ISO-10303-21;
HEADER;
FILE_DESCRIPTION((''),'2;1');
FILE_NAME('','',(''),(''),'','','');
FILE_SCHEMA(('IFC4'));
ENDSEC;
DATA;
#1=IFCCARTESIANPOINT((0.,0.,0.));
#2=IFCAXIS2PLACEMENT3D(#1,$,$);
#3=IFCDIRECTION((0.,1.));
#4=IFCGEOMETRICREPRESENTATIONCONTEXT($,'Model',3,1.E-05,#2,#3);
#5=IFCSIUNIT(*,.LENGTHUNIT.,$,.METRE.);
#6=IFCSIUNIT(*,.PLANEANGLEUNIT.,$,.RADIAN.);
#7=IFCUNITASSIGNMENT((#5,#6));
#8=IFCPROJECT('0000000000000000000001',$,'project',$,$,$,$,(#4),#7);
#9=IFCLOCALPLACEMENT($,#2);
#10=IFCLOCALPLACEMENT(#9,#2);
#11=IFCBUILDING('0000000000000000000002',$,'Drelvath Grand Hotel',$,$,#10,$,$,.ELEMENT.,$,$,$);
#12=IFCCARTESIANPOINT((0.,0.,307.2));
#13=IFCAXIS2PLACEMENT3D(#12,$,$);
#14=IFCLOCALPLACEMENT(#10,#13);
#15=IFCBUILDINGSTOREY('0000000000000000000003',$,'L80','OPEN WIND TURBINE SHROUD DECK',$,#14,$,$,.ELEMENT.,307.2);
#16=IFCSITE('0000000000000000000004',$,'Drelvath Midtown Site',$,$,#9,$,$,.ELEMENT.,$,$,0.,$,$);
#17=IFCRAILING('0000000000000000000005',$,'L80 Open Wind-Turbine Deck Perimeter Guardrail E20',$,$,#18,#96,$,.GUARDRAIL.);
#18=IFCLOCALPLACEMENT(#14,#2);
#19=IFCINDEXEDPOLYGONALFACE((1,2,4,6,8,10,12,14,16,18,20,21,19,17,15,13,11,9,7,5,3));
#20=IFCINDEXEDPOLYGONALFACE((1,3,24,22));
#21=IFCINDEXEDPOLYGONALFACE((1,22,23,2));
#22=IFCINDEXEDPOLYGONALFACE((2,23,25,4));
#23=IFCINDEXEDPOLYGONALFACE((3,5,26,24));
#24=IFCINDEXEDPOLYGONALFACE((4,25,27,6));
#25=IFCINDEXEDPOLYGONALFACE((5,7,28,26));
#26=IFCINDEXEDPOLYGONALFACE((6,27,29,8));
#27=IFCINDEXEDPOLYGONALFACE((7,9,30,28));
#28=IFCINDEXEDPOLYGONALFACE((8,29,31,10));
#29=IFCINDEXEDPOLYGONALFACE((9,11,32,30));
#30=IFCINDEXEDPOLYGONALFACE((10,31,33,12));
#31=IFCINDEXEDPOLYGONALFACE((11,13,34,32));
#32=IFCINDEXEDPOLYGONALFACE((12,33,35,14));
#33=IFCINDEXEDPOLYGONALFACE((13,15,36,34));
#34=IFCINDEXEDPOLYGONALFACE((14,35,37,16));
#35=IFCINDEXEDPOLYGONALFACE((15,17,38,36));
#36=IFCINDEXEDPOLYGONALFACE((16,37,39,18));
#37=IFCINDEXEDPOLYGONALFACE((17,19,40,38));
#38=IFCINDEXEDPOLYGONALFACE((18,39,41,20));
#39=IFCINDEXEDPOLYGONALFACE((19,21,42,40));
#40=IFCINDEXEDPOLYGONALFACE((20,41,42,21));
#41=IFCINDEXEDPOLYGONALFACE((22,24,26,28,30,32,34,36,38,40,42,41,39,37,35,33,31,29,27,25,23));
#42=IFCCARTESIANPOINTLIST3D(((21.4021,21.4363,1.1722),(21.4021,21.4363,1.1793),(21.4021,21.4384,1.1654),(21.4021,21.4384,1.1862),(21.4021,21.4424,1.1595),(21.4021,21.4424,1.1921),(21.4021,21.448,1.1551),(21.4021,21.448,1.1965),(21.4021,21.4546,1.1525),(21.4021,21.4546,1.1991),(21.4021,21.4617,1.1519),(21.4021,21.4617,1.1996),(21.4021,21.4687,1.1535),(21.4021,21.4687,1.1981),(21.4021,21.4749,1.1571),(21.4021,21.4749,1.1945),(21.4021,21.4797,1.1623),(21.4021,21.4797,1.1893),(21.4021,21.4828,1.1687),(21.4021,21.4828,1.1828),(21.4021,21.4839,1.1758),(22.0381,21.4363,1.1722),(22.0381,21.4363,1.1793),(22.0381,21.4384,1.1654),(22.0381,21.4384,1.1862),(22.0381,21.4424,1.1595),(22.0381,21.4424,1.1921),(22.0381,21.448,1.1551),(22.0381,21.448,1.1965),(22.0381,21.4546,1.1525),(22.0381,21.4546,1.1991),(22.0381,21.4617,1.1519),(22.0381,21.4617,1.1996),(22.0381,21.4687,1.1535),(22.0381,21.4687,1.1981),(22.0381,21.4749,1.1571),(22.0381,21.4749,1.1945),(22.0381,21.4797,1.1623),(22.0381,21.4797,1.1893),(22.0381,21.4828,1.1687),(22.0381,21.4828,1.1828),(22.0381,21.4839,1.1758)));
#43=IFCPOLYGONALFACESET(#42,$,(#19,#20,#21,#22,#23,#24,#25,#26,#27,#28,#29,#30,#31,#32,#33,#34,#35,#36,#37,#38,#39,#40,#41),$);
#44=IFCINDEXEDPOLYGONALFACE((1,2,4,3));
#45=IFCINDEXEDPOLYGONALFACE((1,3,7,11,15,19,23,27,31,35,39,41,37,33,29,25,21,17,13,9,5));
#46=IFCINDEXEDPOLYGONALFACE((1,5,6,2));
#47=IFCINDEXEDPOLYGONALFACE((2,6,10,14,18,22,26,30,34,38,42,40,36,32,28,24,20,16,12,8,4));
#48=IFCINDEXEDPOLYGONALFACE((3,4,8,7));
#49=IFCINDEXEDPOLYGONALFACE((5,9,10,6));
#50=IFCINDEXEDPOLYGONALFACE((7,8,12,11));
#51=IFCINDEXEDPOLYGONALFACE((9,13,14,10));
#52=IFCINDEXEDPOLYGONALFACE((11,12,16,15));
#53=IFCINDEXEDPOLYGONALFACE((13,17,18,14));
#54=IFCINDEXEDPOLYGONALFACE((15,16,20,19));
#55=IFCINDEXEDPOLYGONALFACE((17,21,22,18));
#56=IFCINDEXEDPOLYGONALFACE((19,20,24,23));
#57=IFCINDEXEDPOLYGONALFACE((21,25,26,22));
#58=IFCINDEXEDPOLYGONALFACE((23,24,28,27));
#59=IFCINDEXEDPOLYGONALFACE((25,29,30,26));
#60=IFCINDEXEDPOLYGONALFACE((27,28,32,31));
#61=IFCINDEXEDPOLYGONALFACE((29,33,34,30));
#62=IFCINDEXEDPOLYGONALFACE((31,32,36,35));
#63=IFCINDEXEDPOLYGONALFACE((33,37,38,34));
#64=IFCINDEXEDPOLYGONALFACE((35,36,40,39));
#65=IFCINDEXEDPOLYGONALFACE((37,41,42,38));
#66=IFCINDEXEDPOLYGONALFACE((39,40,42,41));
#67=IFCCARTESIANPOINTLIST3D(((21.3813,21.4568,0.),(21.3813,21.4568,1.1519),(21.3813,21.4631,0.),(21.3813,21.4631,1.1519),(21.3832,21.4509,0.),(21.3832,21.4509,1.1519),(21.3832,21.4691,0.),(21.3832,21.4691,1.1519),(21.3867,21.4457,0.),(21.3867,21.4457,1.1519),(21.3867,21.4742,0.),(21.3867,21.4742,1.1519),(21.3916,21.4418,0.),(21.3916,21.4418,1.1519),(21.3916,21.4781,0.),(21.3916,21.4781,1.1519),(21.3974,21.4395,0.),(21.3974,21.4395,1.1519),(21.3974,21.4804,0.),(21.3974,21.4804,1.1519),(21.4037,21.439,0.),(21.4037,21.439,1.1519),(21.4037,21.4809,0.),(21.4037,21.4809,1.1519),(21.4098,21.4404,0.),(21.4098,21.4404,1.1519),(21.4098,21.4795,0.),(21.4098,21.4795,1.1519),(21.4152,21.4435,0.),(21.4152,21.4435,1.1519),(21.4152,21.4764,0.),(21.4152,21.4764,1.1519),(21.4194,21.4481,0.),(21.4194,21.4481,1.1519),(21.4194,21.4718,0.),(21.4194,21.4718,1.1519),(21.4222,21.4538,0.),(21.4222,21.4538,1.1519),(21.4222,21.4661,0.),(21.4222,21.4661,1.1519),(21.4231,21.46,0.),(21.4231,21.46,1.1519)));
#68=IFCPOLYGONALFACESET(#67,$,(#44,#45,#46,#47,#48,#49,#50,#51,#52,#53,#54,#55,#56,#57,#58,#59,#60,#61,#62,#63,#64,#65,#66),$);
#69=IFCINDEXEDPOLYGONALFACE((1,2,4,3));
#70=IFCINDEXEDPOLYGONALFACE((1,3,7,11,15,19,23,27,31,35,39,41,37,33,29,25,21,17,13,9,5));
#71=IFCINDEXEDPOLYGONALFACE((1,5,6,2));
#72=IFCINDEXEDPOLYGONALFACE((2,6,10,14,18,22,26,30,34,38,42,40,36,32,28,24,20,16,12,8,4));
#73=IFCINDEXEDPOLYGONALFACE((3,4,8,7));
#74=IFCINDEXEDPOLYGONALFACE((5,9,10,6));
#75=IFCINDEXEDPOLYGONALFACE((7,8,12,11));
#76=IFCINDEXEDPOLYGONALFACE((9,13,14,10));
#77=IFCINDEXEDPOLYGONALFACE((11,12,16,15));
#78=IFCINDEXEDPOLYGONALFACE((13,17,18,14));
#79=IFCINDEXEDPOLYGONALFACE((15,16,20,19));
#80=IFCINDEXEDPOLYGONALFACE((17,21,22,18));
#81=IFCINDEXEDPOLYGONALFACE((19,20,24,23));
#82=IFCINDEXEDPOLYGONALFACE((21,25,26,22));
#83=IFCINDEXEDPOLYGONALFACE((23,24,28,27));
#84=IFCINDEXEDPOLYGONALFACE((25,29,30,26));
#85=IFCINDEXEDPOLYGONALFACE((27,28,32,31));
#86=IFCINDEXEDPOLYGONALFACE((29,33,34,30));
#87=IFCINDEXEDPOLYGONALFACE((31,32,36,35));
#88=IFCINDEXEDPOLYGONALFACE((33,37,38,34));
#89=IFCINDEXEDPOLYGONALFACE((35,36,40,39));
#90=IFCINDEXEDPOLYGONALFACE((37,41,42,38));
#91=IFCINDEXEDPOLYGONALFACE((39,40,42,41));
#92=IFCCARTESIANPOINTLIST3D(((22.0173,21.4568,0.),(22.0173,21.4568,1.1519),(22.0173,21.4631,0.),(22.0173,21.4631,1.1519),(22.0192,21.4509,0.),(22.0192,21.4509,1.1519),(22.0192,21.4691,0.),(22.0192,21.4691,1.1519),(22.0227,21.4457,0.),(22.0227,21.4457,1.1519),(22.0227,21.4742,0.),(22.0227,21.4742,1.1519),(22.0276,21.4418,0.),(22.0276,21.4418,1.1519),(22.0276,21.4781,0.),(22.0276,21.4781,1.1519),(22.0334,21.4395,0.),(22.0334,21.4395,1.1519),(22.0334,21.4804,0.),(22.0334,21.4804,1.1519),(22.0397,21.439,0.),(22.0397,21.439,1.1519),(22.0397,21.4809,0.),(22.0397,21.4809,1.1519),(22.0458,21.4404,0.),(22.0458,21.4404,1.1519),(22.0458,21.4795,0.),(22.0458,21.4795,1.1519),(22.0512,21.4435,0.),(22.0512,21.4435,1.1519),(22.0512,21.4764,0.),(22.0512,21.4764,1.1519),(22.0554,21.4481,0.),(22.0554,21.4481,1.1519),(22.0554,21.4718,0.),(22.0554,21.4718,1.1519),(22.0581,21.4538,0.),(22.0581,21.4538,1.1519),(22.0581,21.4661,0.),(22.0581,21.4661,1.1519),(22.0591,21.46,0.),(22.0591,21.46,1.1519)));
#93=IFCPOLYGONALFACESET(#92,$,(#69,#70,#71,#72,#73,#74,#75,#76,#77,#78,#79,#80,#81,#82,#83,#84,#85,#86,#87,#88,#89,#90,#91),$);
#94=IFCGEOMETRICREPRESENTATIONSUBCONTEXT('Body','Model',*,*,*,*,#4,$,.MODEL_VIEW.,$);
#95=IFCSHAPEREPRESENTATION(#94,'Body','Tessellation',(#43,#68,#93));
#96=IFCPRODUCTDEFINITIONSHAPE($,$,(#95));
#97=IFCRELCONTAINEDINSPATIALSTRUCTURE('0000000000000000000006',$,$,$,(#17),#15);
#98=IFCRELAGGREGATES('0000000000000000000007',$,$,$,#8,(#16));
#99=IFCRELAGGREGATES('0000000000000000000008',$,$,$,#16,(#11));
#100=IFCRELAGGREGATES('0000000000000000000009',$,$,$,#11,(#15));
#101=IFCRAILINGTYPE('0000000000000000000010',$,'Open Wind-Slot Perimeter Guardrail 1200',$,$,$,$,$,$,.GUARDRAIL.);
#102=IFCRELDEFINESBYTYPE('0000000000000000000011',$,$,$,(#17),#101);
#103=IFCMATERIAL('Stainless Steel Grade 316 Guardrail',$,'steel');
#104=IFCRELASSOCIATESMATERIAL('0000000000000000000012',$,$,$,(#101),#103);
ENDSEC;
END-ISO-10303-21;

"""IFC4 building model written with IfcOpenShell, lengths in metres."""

from ifc_helpers import new_model, si_unit, direction, frame, origin, origin_2d, place, context, subcontext, project, spatial, circle, extrude, material, type_object, element, save


model = new_model("IFC4")

# Units and contexts
model_context = context("Model", 3, precision=1e-05, world=origin(), true_north=direction((0.0, 1.0)))
body_context = subcontext(model_context, "Body", "Model", "MODEL_VIEW")
ifc_project = project(units=[si_unit("LENGTHUNIT", "METRE"), si_unit("PLANEANGLEUNIT", "RADIAN")], contexts=[model_context])

# Site, building, storey
site_placement = place(None, origin())
site = spatial("IfcSite", under=ifc_project, at=site_placement, Name="Drelvath Midtown Site", CompositionType="ELEMENT", RefElevation=0.0)
building_placement = place(site_placement, origin())
building = spatial("IfcBuilding", under=site, at=building_placement, Name="Drelvath Grand Hotel", CompositionType="ELEMENT")
storey_placement = place(building_placement, frame((0.0, 0.0, 307.2)))
storey = spatial("IfcBuildingStorey", under=building, at=storey_placement, Name="L80", Description="OPEN WIND TURBINE SHROUD DECK", CompositionType="ELEMENT", Elevation=307.2)

# Railing
ifc_material_1 = material(Name="Stainless Steel Grade 316 Guardrail", Category="steel")
railing_type_1 = type_object("IfcRailingType", Name="Open Wind-Slot Perimeter Guardrail 1200", PredefinedType="GUARDRAIL", material=ifc_material_1)
railing_1_placement = place(storey_placement, frame((21.4021, 21.46, 0.0)))
element("IfcRailing", 1, at=railing_1_placement, inside=storey, type_object=railing_type_1, Name="L80 Open Wind-Turbine Deck Perimeter Guardrail E20", PredefinedType="GUARDRAIL", context=body_context, shape_type="SweptSolid", body=[
    extrude(circle(Radius=0.0239, at=origin_2d()), frame((0.0, 0.0, 1.1758), z_axis=(1.0, 0.0, 0.0), x_axis=(0.0, 1.0, 0.0)), (0.0, 0.0, 1.0), 0.636),
    extrude(circle(Radius=0.021, at=origin_2d()), origin(), (0.0, 0.0, 1.0), 1.1519),
    extrude(circle(Radius=0.021, at=origin_2d()), frame((0.636, 0.0, 0.0)), (0.0, 0.0, 1.0), 1.1519),
])

save(model, "model.ifc")
